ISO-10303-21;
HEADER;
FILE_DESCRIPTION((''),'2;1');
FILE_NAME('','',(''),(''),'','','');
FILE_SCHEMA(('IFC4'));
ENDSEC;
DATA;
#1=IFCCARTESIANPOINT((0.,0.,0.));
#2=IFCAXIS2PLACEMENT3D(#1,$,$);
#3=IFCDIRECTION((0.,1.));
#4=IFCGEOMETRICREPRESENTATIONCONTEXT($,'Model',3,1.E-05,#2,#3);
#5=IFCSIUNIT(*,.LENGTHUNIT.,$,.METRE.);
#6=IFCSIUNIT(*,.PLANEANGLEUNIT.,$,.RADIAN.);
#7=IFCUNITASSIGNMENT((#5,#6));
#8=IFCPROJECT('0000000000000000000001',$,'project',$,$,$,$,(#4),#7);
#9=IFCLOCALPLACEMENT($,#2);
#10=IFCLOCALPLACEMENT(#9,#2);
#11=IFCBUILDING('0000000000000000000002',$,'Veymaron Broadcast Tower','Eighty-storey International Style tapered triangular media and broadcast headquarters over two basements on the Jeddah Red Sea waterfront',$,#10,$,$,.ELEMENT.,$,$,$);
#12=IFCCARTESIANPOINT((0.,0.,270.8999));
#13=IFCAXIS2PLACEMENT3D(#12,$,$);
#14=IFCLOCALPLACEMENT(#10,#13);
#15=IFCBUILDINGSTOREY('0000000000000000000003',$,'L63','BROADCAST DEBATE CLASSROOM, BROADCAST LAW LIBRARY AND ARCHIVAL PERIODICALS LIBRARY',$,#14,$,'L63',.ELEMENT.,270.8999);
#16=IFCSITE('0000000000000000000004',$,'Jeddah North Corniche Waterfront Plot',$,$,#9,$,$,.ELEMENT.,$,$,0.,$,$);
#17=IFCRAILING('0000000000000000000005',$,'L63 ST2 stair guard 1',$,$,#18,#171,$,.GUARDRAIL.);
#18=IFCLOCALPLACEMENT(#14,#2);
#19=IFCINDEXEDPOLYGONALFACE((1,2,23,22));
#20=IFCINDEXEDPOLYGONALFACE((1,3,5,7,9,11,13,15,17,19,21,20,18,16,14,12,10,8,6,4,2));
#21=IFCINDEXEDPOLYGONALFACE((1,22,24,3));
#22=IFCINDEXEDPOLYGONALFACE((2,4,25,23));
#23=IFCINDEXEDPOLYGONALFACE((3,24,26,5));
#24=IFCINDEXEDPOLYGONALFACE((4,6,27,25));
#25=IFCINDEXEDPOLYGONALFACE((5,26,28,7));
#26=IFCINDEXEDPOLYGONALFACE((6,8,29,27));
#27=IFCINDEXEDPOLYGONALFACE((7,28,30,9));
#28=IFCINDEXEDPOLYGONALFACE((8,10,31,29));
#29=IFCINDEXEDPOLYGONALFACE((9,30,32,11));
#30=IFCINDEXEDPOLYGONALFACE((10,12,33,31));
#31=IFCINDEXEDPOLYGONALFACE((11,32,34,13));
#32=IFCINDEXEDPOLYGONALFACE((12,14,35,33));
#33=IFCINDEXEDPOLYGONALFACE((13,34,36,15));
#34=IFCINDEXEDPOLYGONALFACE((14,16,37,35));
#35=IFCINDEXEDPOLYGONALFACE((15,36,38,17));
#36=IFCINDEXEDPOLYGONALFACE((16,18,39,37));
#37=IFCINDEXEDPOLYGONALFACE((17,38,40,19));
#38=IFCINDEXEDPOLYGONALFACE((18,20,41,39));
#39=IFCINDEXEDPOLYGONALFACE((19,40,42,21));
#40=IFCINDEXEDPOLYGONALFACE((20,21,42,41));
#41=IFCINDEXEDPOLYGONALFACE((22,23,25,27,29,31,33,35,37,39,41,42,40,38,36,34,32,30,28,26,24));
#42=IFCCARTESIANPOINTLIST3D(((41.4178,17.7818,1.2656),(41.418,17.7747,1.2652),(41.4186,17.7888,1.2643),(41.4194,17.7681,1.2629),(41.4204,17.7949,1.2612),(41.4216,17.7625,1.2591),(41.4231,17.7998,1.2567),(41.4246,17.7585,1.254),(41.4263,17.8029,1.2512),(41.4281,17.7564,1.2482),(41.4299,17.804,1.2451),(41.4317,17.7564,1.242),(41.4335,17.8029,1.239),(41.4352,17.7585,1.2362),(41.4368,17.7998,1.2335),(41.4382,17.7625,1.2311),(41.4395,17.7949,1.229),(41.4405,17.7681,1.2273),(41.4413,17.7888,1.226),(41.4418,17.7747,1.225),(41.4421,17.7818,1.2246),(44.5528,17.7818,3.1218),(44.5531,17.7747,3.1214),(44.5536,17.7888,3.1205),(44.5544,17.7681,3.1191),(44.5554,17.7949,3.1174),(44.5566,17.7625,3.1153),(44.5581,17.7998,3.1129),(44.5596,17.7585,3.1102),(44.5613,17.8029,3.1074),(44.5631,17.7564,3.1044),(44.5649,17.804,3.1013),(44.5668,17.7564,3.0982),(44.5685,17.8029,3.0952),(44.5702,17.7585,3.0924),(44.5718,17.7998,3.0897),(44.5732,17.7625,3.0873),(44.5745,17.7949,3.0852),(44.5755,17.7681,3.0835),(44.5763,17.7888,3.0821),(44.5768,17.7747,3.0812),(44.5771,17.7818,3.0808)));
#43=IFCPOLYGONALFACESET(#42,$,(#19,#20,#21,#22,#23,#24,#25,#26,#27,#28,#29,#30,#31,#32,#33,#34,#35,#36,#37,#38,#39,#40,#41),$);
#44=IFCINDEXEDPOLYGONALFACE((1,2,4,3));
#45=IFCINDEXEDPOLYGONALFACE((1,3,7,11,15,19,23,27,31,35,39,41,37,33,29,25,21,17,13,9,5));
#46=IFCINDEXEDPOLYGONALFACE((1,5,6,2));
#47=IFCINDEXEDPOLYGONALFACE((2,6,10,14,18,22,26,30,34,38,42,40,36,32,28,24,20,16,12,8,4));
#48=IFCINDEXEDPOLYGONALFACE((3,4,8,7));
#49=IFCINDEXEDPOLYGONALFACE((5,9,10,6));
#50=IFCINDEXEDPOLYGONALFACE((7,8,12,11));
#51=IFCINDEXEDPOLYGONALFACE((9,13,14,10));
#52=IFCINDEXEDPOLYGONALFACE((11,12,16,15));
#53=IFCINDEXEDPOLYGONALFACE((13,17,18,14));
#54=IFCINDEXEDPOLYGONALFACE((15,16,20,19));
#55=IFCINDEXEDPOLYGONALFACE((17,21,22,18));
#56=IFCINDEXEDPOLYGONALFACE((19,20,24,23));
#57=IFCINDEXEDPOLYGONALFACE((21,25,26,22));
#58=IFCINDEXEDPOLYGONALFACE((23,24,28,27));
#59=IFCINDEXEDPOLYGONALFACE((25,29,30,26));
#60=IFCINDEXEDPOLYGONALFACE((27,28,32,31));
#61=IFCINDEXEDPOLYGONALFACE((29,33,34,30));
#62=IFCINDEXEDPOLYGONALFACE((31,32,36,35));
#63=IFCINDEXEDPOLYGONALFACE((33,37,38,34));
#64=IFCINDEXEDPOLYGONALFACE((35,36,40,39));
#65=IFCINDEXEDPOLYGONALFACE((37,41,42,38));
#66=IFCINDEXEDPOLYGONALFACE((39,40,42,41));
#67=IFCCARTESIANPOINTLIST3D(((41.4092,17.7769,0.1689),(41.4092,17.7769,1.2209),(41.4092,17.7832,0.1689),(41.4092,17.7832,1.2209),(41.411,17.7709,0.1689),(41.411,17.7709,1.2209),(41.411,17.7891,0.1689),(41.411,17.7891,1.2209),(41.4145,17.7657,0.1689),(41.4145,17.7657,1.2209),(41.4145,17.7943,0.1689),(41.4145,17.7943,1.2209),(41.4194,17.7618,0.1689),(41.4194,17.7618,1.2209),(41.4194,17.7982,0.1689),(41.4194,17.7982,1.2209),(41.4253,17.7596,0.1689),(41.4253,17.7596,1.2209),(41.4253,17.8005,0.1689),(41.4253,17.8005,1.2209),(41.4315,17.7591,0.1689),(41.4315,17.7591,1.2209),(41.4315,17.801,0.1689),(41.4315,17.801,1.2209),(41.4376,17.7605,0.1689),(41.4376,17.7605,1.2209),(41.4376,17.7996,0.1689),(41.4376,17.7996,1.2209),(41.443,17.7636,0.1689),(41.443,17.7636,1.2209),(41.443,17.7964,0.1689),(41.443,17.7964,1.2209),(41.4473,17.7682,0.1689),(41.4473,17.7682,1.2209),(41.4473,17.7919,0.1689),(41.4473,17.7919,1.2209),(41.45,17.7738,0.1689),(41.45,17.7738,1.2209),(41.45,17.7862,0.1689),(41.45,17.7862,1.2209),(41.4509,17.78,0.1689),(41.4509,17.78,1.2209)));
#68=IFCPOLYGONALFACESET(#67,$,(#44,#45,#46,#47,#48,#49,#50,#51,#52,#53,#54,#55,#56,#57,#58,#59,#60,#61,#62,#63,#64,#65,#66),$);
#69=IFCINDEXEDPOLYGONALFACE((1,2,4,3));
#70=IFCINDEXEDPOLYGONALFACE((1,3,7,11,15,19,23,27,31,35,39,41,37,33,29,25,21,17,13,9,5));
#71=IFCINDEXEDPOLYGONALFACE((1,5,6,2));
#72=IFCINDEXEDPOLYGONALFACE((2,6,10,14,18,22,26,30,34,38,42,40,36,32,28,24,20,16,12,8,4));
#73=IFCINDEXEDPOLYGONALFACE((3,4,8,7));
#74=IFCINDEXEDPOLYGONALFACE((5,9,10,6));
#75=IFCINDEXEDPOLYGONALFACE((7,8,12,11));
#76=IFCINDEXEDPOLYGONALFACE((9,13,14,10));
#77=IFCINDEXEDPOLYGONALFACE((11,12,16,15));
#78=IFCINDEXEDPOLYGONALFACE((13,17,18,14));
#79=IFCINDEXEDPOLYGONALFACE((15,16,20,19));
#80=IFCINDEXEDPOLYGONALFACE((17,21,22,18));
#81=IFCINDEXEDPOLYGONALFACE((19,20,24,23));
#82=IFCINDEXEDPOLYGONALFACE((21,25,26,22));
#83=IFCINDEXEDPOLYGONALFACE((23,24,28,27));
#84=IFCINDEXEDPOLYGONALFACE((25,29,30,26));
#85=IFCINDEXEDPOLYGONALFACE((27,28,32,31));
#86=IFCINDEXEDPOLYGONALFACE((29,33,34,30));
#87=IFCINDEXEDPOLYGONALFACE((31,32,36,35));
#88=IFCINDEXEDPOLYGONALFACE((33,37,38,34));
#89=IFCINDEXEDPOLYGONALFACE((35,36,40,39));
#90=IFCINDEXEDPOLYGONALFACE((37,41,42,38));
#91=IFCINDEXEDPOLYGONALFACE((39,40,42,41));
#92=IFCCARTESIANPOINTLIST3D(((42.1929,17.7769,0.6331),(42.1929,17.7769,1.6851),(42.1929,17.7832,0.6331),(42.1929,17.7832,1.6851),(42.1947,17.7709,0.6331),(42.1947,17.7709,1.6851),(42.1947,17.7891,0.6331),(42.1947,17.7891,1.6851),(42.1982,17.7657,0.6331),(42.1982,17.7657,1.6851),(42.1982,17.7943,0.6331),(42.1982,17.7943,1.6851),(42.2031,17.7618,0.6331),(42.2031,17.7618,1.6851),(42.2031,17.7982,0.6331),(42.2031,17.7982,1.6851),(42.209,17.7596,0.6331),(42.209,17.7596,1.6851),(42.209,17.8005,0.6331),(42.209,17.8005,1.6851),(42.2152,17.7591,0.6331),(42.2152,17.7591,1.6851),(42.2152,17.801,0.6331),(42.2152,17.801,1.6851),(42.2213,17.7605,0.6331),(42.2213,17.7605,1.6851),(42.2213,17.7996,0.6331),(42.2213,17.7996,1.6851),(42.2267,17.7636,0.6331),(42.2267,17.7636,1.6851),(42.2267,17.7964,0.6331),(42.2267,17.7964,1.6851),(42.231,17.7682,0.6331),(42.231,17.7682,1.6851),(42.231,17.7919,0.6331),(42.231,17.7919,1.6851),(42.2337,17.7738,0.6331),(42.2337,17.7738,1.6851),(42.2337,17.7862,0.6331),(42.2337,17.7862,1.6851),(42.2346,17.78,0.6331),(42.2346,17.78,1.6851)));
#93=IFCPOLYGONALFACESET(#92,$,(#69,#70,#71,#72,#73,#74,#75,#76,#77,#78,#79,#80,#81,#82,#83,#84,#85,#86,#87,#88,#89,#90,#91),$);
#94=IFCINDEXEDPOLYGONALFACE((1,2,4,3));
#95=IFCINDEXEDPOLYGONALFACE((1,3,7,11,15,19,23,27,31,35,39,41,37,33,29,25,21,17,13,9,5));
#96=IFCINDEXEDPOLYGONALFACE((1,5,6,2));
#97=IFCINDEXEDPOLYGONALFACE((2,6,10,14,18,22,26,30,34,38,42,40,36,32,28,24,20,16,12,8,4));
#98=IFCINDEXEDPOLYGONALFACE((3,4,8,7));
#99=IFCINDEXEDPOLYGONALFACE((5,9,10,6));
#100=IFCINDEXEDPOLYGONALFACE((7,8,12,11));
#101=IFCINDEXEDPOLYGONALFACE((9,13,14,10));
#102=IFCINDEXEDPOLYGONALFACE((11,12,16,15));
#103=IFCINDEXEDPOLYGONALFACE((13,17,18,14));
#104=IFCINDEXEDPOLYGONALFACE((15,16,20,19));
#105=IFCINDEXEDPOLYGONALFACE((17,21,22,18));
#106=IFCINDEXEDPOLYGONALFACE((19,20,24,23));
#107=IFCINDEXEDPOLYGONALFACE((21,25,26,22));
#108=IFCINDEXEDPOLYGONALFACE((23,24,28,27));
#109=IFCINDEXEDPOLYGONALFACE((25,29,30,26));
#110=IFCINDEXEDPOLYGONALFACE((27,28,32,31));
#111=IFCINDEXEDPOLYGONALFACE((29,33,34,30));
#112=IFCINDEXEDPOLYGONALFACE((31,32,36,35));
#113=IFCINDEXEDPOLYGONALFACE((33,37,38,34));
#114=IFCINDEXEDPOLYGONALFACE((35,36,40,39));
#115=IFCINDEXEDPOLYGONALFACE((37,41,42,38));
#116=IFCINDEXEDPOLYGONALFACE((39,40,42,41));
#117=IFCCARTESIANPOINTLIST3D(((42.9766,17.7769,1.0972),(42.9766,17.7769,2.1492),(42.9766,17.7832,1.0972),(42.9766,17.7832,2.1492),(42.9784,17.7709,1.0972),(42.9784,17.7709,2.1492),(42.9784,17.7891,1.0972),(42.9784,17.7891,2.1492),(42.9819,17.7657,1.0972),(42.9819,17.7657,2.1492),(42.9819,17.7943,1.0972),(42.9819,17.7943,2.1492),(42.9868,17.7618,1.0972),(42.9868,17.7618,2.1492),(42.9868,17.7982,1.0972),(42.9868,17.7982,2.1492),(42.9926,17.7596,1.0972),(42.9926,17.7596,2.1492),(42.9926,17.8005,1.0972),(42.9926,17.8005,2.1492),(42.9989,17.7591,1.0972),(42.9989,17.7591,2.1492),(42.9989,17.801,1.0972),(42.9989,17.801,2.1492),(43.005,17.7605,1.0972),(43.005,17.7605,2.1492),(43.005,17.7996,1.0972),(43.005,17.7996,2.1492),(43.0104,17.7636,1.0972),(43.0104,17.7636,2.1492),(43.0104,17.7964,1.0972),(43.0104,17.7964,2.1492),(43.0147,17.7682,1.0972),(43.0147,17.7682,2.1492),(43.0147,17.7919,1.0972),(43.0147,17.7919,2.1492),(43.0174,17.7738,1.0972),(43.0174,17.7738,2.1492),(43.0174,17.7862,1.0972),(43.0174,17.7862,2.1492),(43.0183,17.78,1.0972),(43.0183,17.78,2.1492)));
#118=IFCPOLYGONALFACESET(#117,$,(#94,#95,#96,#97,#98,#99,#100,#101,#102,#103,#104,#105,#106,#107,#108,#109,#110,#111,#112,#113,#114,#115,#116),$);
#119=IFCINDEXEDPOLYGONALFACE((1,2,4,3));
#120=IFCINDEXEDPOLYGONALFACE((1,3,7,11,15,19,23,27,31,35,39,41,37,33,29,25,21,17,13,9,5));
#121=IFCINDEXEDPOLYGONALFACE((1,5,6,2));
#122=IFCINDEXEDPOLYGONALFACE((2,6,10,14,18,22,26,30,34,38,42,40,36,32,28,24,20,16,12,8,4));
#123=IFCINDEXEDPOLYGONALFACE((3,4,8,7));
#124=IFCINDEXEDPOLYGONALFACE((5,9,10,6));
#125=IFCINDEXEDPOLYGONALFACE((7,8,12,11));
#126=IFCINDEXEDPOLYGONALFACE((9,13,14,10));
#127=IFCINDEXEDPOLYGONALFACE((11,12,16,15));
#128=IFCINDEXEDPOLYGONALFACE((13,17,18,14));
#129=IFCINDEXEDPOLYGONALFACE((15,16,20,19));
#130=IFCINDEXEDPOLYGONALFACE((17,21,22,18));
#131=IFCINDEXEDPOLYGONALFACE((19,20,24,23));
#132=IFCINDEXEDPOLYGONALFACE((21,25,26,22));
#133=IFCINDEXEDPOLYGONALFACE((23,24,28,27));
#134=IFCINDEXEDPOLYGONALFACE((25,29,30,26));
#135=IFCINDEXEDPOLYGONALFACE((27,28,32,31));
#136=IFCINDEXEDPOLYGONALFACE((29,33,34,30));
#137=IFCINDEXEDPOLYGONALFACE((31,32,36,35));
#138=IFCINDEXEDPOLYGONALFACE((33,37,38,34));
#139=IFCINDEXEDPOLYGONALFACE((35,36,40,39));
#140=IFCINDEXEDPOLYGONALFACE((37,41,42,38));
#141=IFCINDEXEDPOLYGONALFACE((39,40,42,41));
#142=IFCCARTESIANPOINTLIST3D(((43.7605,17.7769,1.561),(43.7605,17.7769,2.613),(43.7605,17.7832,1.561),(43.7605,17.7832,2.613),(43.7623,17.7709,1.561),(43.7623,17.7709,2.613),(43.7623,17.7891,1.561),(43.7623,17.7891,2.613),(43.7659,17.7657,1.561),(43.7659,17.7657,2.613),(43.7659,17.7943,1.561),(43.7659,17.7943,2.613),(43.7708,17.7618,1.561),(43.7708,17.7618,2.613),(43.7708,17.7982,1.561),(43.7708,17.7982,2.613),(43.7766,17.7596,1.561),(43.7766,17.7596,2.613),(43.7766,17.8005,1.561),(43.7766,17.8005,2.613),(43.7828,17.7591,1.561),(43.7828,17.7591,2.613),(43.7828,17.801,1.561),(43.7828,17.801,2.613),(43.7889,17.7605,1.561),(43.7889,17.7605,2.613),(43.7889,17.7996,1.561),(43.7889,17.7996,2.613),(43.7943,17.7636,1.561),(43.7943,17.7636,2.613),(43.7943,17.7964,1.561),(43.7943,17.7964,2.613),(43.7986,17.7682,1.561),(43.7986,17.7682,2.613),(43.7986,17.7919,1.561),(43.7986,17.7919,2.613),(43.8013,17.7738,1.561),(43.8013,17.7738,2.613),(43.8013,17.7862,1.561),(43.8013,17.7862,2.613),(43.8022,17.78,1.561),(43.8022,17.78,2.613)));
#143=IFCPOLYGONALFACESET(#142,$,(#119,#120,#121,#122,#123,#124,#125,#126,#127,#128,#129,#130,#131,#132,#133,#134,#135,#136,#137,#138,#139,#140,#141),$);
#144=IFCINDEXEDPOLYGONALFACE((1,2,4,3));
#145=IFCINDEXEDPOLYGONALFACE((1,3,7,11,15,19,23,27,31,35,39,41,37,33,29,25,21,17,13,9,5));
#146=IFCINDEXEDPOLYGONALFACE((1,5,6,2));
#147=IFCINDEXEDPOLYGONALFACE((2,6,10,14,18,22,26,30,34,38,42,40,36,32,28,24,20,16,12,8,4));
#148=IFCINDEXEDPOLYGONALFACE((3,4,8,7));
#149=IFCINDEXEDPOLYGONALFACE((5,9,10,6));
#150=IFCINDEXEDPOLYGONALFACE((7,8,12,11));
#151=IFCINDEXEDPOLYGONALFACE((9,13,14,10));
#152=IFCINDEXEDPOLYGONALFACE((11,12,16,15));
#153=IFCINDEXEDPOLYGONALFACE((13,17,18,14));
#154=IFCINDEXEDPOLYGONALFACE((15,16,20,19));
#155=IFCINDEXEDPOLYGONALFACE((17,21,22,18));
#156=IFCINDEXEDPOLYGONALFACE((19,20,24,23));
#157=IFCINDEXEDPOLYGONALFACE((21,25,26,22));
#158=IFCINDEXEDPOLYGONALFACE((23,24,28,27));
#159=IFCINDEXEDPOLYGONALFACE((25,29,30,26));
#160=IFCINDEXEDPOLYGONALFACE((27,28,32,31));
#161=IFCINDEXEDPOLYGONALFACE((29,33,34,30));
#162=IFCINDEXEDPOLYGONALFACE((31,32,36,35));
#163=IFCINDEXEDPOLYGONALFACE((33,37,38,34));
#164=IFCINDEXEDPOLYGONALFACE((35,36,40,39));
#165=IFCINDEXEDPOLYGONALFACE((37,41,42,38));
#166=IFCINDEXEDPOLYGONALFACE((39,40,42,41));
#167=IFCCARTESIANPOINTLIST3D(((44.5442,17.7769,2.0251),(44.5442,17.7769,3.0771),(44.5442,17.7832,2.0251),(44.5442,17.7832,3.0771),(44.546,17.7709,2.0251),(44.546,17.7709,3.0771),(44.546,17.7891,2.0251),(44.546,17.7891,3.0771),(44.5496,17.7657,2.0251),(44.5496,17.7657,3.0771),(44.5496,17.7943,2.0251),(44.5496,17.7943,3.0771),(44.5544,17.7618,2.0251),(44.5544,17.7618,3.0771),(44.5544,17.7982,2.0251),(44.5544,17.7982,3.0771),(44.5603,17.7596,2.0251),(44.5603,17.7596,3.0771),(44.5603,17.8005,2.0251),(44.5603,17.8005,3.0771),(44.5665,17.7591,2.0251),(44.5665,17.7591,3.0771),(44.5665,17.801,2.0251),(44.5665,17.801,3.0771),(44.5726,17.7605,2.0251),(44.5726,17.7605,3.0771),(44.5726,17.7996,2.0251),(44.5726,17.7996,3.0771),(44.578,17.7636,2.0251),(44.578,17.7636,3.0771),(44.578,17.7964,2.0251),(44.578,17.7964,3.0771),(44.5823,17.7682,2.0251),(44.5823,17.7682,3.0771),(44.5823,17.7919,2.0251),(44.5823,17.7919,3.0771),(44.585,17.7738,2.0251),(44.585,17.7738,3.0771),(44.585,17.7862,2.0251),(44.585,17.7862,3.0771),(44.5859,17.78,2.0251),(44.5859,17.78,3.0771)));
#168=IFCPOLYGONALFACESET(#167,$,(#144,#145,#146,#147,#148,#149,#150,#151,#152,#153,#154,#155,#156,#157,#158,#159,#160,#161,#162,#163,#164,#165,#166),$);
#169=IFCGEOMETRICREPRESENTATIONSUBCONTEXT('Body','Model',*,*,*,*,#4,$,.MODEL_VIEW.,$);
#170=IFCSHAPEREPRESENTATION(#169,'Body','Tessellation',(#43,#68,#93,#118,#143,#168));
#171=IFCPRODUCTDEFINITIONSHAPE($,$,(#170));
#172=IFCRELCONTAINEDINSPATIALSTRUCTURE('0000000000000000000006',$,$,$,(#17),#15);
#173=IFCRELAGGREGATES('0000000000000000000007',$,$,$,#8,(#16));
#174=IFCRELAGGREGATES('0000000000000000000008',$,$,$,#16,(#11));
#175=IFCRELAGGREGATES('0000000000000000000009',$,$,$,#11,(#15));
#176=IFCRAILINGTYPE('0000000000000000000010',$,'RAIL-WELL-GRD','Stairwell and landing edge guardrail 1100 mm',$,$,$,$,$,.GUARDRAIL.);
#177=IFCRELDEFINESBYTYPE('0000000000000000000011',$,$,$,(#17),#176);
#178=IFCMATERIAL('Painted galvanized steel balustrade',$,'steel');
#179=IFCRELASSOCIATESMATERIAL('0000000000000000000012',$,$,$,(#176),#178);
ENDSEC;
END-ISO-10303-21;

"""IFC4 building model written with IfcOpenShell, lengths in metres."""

from ifc_helpers import new_model, si_unit, direction, frame, origin, origin_2d, place, context, subcontext, project, spatial, circle, extrude, material, type_object, element, save


model = new_model("IFC4")

# Units and contexts
model_context = context("Model", 3, precision=1e-05, world=origin(), true_north=direction((0.0, 1.0)))
body_context = subcontext(model_context, "Body", "Model", "MODEL_VIEW")
ifc_project = project(units=[si_unit("LENGTHUNIT", "METRE"), si_unit("PLANEANGLEUNIT", "RADIAN")], contexts=[model_context])

# Site, building, storey
site_placement = place(None, origin())
site = spatial("IfcSite", under=ifc_project, at=site_placement, Name="Jeddah North Corniche Waterfront Plot", CompositionType="ELEMENT", RefElevation=0.0)
building_placement = place(site_placement, origin())
building = spatial("IfcBuilding", under=site, at=building_placement, Name="Veymaron Broadcast Tower", Description="Eighty-storey International Style tapered triangular media and broadcast headquarters over two basements on the Jeddah Red Sea waterfront", CompositionType="ELEMENT")
storey_placement = place(building_placement, frame((0.0, 0.0, 270.8999)))
storey = spatial("IfcBuildingStorey", under=building, at=storey_placement, Name="L63", Description="BROADCAST DEBATE CLASSROOM, BROADCAST LAW LIBRARY AND ARCHIVAL PERIODICALS LIBRARY", LongName="L63", CompositionType="ELEMENT", Elevation=270.8999)

# Railing
ifc_material_1 = material(Name="Painted galvanized steel balustrade", Category="steel")
railing_type_1 = type_object("IfcRailingType", Name="RAIL-WELL-GRD", Description="Stairwell and landing edge guardrail 1100 mm", PredefinedType="GUARDRAIL", material=ifc_material_1)
railing_1_placement = place(storey_placement, frame((41.4299, 17.78, 0.1689)))
element("IfcRailing", 1, at=railing_1_placement, inside=storey, type_object=railing_type_1, Name="L63 ST2 stair guard 1", PredefinedType="GUARDRAIL", context=body_context, shape_type="SweptSolid", body=[
    extrude(circle(Radius=0.0239, at=origin_2d()), frame((0.0, 0.0, 1.0762), z_axis=(0.860482, 0.0, 0.509481), x_axis=(0.0, 1.0, 0.0)), (0.0, 0.0, 1.0), 3.6433),
    extrude(circle(Radius=0.021, at=origin_2d()), origin(), (0.0, 0.0, 1.0), 1.052),
    extrude(circle(Radius=0.021, at=origin_2d()), frame((0.7837, 0.0, 0.4641)), (0.0, 0.0, 1.0), 1.052),
    extrude(circle(Radius=0.021, at=origin_2d()), frame((1.5674, 0.0, 0.9282)), (0.0, 0.0, 1.0), 1.052),
    extrude(circle(Radius=0.021, at=origin_2d()), frame((2.3513, 0.0, 1.3921)), (0.0, 0.0, 1.0), 1.052),
    extrude(circle(Radius=0.021, at=origin_2d()), frame((3.135, 0.0, 1.8562)), (0.0, 0.0, 1.0), 1.052),
])

save(model, "model.ifc")
